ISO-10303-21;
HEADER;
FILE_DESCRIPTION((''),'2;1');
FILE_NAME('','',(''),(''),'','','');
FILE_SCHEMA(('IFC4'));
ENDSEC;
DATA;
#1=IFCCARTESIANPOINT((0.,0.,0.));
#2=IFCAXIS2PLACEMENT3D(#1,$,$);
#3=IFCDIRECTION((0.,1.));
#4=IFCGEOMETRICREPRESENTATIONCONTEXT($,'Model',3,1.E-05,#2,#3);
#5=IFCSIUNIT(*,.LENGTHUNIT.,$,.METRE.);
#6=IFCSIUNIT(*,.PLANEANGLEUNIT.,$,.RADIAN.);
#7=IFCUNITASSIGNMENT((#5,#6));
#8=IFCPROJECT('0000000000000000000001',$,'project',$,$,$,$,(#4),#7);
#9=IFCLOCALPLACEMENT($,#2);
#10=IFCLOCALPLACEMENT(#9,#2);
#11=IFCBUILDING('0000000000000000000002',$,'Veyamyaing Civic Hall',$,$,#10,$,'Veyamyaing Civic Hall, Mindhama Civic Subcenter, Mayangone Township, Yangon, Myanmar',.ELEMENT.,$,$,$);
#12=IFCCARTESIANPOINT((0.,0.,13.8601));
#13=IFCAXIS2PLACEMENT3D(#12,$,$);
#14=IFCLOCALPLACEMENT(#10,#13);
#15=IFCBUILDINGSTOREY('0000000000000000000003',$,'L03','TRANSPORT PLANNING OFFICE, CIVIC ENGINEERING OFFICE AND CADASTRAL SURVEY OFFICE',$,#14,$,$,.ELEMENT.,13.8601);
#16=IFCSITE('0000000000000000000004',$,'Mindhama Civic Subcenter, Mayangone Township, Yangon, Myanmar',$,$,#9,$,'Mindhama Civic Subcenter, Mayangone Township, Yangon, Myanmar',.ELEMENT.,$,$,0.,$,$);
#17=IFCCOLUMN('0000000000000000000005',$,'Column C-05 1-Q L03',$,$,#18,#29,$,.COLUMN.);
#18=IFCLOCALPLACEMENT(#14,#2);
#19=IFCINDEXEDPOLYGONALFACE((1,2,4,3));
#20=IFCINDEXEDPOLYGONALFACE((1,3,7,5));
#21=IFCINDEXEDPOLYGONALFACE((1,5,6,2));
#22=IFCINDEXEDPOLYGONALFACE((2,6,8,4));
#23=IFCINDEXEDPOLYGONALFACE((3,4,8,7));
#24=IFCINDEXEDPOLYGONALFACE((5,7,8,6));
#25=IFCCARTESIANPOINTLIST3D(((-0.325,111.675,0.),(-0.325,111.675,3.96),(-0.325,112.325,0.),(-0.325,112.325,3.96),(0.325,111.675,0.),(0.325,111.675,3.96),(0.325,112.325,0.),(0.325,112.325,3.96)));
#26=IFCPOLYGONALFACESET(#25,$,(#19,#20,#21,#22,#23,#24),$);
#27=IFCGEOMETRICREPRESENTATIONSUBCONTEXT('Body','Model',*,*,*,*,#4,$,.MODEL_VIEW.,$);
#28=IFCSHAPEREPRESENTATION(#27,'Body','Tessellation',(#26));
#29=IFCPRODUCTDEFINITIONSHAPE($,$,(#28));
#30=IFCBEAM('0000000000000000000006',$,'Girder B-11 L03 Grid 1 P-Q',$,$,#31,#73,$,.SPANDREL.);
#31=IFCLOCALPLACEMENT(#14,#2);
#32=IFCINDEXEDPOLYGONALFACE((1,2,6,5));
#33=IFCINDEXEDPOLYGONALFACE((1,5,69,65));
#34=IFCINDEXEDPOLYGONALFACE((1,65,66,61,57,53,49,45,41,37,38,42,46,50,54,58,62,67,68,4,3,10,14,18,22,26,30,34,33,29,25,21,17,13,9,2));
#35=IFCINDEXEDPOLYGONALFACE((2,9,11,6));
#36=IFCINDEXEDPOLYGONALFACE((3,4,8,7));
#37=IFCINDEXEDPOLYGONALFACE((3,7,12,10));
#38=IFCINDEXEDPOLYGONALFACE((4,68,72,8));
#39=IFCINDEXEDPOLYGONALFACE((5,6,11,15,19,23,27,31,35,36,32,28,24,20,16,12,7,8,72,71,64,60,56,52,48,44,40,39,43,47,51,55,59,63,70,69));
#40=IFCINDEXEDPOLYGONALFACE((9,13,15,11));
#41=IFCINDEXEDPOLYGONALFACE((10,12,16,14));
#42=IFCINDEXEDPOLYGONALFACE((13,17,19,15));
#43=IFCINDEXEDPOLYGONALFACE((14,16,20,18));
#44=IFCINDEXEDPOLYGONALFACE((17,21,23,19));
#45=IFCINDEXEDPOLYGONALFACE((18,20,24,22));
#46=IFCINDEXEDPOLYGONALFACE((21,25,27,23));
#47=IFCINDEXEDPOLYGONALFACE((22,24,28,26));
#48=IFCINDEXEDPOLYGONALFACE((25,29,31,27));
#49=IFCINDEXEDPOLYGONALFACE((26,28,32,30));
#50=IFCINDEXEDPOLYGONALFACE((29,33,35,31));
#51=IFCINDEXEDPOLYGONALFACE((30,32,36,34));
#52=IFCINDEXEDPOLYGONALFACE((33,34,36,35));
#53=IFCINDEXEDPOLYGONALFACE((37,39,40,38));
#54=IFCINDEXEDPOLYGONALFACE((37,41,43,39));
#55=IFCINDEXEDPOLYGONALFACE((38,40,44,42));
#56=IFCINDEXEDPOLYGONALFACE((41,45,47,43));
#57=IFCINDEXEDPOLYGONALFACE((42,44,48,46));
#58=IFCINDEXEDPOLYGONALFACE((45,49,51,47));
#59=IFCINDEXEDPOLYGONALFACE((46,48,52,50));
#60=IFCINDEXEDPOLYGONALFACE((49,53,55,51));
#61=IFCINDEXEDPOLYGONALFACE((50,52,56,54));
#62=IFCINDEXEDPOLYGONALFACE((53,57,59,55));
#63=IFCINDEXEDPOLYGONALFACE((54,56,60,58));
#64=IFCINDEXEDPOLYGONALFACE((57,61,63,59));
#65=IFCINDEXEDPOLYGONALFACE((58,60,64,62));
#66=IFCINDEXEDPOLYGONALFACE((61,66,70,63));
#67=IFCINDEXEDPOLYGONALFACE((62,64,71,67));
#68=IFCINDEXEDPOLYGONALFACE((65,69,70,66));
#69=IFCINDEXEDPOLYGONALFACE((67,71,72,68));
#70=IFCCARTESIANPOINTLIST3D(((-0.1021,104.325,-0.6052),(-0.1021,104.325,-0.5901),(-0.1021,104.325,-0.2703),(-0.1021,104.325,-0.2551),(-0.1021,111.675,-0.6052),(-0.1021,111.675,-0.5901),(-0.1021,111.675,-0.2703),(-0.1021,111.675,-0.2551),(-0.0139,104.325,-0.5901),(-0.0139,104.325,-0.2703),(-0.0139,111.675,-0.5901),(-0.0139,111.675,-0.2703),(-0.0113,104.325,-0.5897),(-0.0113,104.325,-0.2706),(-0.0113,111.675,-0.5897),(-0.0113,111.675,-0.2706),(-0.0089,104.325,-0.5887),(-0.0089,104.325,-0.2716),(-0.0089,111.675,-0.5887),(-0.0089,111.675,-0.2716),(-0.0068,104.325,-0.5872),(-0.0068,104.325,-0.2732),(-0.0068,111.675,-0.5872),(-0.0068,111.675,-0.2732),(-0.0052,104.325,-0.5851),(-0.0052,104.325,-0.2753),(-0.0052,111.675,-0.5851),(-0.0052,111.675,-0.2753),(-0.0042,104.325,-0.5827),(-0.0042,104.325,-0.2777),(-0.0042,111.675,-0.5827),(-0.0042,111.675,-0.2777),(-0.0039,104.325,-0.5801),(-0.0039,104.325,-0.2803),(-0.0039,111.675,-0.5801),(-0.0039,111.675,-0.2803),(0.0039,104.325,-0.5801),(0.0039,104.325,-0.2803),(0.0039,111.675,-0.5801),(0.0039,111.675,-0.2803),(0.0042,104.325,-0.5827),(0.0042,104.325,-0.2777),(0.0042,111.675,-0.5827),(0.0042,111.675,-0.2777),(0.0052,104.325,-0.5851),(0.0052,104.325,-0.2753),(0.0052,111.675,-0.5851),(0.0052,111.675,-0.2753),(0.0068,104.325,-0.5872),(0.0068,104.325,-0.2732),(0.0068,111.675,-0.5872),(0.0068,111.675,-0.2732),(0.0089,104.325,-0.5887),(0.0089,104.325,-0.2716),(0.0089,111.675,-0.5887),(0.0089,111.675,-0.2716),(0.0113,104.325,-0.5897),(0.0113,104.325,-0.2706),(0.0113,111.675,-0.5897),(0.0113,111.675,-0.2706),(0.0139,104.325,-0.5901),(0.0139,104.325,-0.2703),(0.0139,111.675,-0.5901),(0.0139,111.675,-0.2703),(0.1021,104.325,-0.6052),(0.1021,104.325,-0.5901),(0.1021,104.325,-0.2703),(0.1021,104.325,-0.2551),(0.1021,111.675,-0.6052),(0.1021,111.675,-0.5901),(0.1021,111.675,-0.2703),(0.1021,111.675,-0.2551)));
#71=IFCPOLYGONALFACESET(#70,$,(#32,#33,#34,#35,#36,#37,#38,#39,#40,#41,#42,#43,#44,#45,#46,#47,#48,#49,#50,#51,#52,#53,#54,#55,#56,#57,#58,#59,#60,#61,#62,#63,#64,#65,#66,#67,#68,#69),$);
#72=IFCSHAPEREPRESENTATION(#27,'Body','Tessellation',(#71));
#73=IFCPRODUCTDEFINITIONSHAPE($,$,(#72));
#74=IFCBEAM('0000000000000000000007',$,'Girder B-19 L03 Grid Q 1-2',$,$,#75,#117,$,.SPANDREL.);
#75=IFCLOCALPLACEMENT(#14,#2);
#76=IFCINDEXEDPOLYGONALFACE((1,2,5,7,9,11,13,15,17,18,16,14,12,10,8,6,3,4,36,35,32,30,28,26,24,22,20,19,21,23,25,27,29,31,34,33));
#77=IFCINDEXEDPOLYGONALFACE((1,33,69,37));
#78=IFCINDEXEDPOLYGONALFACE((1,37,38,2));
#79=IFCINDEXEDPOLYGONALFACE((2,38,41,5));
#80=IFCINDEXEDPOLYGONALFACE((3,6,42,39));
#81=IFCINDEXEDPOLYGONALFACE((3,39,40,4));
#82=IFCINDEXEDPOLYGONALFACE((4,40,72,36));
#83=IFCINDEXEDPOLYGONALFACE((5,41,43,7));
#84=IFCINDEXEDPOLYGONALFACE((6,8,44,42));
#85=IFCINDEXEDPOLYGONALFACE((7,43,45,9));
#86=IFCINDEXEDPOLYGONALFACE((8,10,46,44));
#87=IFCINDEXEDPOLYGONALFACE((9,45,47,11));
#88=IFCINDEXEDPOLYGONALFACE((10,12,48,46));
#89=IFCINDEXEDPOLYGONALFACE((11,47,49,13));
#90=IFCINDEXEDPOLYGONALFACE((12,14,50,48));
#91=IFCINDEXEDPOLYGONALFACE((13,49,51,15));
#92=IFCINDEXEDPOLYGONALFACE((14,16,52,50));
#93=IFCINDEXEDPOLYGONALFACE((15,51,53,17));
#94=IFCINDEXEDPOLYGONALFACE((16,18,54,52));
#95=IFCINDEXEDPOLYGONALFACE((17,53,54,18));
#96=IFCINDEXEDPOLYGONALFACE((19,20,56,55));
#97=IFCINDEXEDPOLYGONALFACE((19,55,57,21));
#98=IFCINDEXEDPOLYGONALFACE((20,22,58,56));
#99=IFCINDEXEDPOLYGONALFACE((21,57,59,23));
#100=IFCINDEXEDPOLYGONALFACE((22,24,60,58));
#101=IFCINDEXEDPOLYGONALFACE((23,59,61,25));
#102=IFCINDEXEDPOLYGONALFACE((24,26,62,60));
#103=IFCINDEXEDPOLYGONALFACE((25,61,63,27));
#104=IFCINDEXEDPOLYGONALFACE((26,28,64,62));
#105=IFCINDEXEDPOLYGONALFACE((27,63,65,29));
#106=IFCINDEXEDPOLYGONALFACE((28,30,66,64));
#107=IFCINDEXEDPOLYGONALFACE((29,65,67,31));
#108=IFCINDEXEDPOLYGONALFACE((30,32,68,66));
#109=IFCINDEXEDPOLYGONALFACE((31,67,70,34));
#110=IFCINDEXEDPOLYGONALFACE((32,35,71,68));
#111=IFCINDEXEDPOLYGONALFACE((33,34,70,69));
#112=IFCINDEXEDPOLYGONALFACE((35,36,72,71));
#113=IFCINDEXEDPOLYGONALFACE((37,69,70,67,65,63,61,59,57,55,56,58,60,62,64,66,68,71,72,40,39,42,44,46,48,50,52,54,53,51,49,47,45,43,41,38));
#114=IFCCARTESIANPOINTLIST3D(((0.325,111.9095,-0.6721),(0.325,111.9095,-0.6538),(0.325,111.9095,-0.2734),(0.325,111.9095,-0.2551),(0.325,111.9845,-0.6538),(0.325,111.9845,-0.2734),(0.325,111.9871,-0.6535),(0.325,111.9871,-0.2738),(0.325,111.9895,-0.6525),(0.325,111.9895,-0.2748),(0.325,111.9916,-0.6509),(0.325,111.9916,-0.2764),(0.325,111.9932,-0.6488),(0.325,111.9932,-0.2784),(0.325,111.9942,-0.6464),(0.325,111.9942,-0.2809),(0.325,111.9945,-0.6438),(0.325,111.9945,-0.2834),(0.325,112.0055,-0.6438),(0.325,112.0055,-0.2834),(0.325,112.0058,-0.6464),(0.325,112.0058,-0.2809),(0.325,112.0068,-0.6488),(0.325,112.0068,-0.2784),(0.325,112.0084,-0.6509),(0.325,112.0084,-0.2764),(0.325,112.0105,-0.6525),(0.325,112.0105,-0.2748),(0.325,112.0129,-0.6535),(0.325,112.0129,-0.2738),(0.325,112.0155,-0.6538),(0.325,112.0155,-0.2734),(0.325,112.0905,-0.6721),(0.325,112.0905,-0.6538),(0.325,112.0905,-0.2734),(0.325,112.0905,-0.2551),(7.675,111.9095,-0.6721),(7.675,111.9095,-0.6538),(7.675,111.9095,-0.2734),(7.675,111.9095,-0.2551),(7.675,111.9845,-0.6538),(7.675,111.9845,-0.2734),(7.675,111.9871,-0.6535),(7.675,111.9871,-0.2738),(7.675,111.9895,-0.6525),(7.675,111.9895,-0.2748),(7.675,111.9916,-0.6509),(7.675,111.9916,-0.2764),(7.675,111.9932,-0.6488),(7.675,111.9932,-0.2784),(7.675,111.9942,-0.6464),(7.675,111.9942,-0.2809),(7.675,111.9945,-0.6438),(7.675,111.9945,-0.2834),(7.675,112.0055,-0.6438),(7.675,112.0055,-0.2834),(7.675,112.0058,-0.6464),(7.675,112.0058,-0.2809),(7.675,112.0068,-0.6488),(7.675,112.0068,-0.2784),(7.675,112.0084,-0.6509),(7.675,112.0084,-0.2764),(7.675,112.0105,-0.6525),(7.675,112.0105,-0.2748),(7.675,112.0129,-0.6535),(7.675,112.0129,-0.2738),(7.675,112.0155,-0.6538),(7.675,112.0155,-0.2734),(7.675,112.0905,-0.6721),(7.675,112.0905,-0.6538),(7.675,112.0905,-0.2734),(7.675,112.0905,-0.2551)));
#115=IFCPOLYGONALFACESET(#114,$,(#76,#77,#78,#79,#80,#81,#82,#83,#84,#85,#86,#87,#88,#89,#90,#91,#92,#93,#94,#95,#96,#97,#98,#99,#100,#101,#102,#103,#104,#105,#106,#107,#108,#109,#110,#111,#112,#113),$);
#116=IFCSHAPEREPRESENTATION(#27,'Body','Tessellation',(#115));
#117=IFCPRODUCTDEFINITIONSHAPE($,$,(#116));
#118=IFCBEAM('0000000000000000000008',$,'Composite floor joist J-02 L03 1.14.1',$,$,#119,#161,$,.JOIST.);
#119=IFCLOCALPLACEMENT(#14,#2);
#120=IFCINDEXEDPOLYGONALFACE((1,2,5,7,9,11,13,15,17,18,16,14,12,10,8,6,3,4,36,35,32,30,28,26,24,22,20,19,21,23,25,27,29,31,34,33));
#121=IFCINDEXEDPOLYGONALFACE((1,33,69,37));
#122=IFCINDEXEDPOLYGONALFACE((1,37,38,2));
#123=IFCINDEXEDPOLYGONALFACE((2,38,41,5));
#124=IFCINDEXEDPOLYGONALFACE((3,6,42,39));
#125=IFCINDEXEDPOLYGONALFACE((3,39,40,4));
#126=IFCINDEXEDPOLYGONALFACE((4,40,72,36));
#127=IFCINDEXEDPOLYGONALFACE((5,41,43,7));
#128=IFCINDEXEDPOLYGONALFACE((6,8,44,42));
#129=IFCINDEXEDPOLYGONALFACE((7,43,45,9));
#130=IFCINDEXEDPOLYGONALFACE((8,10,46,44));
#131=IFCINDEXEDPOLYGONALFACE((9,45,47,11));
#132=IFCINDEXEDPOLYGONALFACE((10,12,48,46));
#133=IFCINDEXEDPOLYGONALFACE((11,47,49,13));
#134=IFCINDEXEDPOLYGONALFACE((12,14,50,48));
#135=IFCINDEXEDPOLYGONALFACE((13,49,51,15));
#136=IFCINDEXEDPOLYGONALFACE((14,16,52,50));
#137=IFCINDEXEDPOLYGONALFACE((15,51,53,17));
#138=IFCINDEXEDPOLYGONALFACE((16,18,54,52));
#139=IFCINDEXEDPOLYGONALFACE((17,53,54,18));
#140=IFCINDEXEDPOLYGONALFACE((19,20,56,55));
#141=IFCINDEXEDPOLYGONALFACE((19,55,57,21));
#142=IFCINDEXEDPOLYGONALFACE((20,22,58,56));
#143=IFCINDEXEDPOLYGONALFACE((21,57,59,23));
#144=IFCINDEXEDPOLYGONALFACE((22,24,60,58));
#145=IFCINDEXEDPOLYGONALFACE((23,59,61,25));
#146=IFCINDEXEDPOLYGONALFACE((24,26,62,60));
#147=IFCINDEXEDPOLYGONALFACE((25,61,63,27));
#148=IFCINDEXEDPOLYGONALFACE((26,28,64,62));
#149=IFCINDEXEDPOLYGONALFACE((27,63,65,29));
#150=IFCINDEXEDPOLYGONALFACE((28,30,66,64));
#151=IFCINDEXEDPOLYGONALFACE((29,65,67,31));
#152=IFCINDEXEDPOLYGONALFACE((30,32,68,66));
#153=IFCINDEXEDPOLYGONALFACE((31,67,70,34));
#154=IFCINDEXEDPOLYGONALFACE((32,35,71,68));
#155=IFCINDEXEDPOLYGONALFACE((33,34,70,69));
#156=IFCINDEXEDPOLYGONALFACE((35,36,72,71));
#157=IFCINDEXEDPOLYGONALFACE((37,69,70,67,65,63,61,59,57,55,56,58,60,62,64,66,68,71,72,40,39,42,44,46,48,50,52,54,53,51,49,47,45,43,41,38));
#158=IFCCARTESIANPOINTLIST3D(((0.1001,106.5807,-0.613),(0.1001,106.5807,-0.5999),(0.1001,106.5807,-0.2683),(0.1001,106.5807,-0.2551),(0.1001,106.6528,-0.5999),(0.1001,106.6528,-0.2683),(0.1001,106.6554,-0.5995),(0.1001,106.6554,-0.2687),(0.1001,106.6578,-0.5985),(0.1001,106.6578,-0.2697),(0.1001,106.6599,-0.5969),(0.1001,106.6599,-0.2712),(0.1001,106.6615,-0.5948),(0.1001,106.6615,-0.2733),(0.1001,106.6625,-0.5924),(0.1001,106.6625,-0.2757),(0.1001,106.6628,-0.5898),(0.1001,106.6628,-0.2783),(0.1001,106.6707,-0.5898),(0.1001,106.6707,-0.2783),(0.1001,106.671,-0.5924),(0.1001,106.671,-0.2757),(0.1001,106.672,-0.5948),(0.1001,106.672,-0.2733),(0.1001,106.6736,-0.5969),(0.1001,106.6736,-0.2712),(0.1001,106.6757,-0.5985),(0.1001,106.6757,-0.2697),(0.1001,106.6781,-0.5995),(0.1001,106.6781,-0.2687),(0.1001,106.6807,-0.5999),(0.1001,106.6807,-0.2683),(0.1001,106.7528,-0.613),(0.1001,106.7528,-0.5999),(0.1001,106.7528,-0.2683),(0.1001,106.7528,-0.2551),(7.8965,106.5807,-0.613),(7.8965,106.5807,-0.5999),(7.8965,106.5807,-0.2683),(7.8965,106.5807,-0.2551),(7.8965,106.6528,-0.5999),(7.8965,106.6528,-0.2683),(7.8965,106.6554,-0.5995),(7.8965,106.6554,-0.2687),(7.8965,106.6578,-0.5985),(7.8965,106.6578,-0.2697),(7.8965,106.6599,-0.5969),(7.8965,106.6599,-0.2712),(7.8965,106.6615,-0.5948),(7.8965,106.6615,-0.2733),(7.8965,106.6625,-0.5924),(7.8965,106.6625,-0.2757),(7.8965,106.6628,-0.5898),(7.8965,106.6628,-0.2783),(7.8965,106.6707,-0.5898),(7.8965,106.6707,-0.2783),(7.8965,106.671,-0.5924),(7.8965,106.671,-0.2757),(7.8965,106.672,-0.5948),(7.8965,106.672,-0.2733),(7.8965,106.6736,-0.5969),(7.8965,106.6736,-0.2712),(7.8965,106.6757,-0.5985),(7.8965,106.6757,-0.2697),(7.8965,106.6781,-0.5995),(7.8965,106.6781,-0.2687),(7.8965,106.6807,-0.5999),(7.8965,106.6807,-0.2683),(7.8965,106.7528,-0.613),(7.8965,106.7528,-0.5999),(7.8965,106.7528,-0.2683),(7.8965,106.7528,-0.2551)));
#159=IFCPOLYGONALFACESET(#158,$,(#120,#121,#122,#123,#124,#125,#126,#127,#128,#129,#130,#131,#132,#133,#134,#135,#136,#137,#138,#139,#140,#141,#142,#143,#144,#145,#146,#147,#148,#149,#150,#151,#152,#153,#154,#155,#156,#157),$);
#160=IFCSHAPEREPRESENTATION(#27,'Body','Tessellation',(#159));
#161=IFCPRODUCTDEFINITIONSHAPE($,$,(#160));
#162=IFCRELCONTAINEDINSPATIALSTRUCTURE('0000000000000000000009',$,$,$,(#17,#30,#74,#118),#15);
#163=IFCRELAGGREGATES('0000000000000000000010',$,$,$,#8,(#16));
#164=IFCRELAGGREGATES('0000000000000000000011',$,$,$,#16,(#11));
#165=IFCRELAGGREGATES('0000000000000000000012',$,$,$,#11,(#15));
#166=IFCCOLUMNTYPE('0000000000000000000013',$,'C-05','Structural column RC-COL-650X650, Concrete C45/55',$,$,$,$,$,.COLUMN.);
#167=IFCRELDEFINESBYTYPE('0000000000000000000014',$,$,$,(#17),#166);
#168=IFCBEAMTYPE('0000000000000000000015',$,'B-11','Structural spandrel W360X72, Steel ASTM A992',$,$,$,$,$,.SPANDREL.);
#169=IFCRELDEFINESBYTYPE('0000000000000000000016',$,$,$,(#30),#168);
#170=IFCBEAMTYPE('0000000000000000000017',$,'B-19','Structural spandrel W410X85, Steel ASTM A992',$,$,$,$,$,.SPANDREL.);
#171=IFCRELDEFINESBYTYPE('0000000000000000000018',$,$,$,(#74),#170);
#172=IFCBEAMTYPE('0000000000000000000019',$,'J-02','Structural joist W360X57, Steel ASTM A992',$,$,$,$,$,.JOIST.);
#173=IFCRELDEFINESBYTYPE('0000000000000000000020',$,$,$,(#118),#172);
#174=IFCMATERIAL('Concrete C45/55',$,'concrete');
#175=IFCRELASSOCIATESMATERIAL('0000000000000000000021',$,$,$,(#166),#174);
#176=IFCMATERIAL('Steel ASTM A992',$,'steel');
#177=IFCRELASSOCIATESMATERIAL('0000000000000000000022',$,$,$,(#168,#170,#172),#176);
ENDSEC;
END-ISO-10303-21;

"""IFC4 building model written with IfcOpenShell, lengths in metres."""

from ifc_helpers import new_model, si_unit, direction, frame, origin, origin_2d, place, context, subcontext, project, spatial, rectangle, i_section, extrude, material, material_profile, profile_set, type_object, element, save


model = new_model("IFC4")

# Units and contexts
model_context = context("Model", 3, precision=1e-05, world=origin(), true_north=direction((0.0, 1.0)))
body_context = subcontext(model_context, "Body", "Model", "MODEL_VIEW")
ifc_project = project(units=[si_unit("LENGTHUNIT", "METRE"), si_unit("PLANEANGLEUNIT", "RADIAN")], contexts=[model_context])

# Site, building, storey
site_placement = place(None, origin())
site = spatial("IfcSite", under=ifc_project, at=site_placement, Name="Mindhama Civic Subcenter, Mayangone Township, Yangon, Myanmar", LongName="Mindhama Civic Subcenter, Mayangone Township, Yangon, Myanmar", CompositionType="ELEMENT", RefElevation=0.0)
building_placement = place(site_placement, origin())
building = spatial("IfcBuilding", under=site, at=building_placement, Name="Veyamyaing Civic Hall", LongName="Veyamyaing Civic Hall, Mindhama Civic Subcenter, Mayangone Township, Yangon, Myanmar", CompositionType="ELEMENT")
storey_placement = place(building_placement, frame((0.0, 0.0, 13.8601)))
storey = spatial("IfcBuildingStorey", under=building, at=storey_placement, Name="L03", Description="TRANSPORT PLANNING OFFICE, CIVIC ENGINEERING OFFICE AND CADASTRAL SURVEY OFFICE", CompositionType="ELEMENT", Elevation=13.8601)

# Column
ifc_material_1 = material(Name="Concrete C45/55", Category="concrete")
ifc_material_profile_1 = material_profile(ifc_material_1, rectangle(XDim=0.6499, YDim=0.6499, at=origin_2d()), Name="RC-COL-650X650")
ifc_profile_set_1 = profile_set([ifc_material_profile_1], Name="Concrete C45/55")
column_type = type_object("IfcColumnType", Name="C-05", Description="Structural column RC-COL-650X650, Concrete C45/55", PredefinedType="COLUMN", material=ifc_profile_set_1)
column_placement = place(storey_placement, frame((0.0, 112.0, 0.0), z_axis=(0.0, 0.0, 1.0), x_axis=(1.0, 0.0, 0.0)))
element("IfcColumn", 1, at=column_placement, inside=storey, type_object=column_type, Name="Column C-05 1-Q L03", PredefinedType="COLUMN", context=body_context, shape_type="SweptSolid", body=[
    extrude(rectangle(XDim=0.6499, YDim=0.6499, at=origin_2d()), origin(), (0.0, 0.0, 1.0), 3.96),
])

# Beams
ifc_material_2 = material(Name="Steel ASTM A992", Category="steel")
ifc_material_profile_2 = material_profile(ifc_material_2, i_section(OverallWidth=0.2041, OverallDepth=0.3501, WebThickness=0.0078, FlangeThickness=0.0151, FilletRadius=0.01, at=origin_2d()), Name="W360X72")
ifc_profile_set_2 = profile_set([ifc_material_profile_2], Name="Steel ASTM A992")
beam_type_1 = type_object("IfcBeamType", Name="B-11", Description="Structural spandrel W360X72, Steel ASTM A992", PredefinedType="SPANDREL", material=ifc_profile_set_2)
beam_1_placement = place(storey_placement, frame((0.0, 104.325, -0.4302), z_axis=(0.0, 1.0, 0.0), x_axis=(-1.0, 0.0, 0.0)))
element("IfcBeam", 2, at=beam_1_placement, inside=storey, type_object=beam_type_1, Name="Girder B-11 L03 Grid 1 P-Q", PredefinedType="SPANDREL", context=body_context, shape_type="SweptSolid", body=[
    extrude(i_section(OverallWidth=0.2041, OverallDepth=0.3501, WebThickness=0.0078, FlangeThickness=0.0151, FilletRadius=0.01, at=origin_2d()), origin(), (0.0, 0.0, 1.0), 7.3501),
])
ifc_material_profile_3 = material_profile(ifc_material_2, i_section(OverallWidth=0.1809, OverallDepth=0.417, WebThickness=0.011, FlangeThickness=0.0183, FilletRadius=0.01, at=origin_2d()), Name="W410X85")
ifc_profile_set_3 = profile_set([ifc_material_profile_3], Name="Steel ASTM A992")
beam_type_2 = type_object("IfcBeamType", Name="B-19", Description="Structural spandrel W410X85, Steel ASTM A992", PredefinedType="SPANDREL", material=ifc_profile_set_3)
beam_2_placement = place(storey_placement, frame((0.325, 112.0, -0.4636), z_axis=(1.0, 0.0, 0.0), x_axis=(0.0, 1.0, 0.0)))
element("IfcBeam", 3, at=beam_2_placement, inside=storey, type_object=beam_type_2, Name="Girder B-19 L03 Grid Q 1-2", PredefinedType="SPANDREL", context=body_context, shape_type="SweptSolid", body=[
    extrude(i_section(OverallWidth=0.1809, OverallDepth=0.417, WebThickness=0.011, FlangeThickness=0.0183, FilletRadius=0.01, at=origin_2d()), origin(), (0.0, 0.0, 1.0), 7.3501),
])
ifc_material_profile_4 = material_profile(ifc_material_2, i_section(OverallWidth=0.1721, OverallDepth=0.3579, WebThickness=0.0078, FlangeThickness=0.0132, FilletRadius=0.01, at=origin_2d()), Name="W360X57")
ifc_profile_set_4 = profile_set([ifc_material_profile_4], Name="Steel ASTM A992")
beam_type_3 = type_object("IfcBeamType", Name="J-02", Description="Structural joist W360X57, Steel ASTM A992", PredefinedType="JOIST", material=ifc_profile_set_4)
for number, where, z_axis, x_axis, name in (
    (4, (0.1001, 106.6667, -0.4341), (1.0, 0.0, 0.0), (0.0, 1.0, 0.0), "Composite floor joist J-02 L03 1.14.1"),
):
    element("IfcBeam", number, at=place(storey_placement, frame(where, z_axis=z_axis, x_axis=x_axis)), inside=storey, type_object=beam_type_3, Name=name, PredefinedType="JOIST", context=body_context, shape_type="SweptSolid", body=[
        extrude(i_section(OverallWidth=0.1721, OverallDepth=0.3579, WebThickness=0.0078, FlangeThickness=0.0132, FilletRadius=0.01, at=origin_2d()), origin(), (0.0, 0.0, 1.0), 7.7964),
    ])

save(model, "model.ifc")
